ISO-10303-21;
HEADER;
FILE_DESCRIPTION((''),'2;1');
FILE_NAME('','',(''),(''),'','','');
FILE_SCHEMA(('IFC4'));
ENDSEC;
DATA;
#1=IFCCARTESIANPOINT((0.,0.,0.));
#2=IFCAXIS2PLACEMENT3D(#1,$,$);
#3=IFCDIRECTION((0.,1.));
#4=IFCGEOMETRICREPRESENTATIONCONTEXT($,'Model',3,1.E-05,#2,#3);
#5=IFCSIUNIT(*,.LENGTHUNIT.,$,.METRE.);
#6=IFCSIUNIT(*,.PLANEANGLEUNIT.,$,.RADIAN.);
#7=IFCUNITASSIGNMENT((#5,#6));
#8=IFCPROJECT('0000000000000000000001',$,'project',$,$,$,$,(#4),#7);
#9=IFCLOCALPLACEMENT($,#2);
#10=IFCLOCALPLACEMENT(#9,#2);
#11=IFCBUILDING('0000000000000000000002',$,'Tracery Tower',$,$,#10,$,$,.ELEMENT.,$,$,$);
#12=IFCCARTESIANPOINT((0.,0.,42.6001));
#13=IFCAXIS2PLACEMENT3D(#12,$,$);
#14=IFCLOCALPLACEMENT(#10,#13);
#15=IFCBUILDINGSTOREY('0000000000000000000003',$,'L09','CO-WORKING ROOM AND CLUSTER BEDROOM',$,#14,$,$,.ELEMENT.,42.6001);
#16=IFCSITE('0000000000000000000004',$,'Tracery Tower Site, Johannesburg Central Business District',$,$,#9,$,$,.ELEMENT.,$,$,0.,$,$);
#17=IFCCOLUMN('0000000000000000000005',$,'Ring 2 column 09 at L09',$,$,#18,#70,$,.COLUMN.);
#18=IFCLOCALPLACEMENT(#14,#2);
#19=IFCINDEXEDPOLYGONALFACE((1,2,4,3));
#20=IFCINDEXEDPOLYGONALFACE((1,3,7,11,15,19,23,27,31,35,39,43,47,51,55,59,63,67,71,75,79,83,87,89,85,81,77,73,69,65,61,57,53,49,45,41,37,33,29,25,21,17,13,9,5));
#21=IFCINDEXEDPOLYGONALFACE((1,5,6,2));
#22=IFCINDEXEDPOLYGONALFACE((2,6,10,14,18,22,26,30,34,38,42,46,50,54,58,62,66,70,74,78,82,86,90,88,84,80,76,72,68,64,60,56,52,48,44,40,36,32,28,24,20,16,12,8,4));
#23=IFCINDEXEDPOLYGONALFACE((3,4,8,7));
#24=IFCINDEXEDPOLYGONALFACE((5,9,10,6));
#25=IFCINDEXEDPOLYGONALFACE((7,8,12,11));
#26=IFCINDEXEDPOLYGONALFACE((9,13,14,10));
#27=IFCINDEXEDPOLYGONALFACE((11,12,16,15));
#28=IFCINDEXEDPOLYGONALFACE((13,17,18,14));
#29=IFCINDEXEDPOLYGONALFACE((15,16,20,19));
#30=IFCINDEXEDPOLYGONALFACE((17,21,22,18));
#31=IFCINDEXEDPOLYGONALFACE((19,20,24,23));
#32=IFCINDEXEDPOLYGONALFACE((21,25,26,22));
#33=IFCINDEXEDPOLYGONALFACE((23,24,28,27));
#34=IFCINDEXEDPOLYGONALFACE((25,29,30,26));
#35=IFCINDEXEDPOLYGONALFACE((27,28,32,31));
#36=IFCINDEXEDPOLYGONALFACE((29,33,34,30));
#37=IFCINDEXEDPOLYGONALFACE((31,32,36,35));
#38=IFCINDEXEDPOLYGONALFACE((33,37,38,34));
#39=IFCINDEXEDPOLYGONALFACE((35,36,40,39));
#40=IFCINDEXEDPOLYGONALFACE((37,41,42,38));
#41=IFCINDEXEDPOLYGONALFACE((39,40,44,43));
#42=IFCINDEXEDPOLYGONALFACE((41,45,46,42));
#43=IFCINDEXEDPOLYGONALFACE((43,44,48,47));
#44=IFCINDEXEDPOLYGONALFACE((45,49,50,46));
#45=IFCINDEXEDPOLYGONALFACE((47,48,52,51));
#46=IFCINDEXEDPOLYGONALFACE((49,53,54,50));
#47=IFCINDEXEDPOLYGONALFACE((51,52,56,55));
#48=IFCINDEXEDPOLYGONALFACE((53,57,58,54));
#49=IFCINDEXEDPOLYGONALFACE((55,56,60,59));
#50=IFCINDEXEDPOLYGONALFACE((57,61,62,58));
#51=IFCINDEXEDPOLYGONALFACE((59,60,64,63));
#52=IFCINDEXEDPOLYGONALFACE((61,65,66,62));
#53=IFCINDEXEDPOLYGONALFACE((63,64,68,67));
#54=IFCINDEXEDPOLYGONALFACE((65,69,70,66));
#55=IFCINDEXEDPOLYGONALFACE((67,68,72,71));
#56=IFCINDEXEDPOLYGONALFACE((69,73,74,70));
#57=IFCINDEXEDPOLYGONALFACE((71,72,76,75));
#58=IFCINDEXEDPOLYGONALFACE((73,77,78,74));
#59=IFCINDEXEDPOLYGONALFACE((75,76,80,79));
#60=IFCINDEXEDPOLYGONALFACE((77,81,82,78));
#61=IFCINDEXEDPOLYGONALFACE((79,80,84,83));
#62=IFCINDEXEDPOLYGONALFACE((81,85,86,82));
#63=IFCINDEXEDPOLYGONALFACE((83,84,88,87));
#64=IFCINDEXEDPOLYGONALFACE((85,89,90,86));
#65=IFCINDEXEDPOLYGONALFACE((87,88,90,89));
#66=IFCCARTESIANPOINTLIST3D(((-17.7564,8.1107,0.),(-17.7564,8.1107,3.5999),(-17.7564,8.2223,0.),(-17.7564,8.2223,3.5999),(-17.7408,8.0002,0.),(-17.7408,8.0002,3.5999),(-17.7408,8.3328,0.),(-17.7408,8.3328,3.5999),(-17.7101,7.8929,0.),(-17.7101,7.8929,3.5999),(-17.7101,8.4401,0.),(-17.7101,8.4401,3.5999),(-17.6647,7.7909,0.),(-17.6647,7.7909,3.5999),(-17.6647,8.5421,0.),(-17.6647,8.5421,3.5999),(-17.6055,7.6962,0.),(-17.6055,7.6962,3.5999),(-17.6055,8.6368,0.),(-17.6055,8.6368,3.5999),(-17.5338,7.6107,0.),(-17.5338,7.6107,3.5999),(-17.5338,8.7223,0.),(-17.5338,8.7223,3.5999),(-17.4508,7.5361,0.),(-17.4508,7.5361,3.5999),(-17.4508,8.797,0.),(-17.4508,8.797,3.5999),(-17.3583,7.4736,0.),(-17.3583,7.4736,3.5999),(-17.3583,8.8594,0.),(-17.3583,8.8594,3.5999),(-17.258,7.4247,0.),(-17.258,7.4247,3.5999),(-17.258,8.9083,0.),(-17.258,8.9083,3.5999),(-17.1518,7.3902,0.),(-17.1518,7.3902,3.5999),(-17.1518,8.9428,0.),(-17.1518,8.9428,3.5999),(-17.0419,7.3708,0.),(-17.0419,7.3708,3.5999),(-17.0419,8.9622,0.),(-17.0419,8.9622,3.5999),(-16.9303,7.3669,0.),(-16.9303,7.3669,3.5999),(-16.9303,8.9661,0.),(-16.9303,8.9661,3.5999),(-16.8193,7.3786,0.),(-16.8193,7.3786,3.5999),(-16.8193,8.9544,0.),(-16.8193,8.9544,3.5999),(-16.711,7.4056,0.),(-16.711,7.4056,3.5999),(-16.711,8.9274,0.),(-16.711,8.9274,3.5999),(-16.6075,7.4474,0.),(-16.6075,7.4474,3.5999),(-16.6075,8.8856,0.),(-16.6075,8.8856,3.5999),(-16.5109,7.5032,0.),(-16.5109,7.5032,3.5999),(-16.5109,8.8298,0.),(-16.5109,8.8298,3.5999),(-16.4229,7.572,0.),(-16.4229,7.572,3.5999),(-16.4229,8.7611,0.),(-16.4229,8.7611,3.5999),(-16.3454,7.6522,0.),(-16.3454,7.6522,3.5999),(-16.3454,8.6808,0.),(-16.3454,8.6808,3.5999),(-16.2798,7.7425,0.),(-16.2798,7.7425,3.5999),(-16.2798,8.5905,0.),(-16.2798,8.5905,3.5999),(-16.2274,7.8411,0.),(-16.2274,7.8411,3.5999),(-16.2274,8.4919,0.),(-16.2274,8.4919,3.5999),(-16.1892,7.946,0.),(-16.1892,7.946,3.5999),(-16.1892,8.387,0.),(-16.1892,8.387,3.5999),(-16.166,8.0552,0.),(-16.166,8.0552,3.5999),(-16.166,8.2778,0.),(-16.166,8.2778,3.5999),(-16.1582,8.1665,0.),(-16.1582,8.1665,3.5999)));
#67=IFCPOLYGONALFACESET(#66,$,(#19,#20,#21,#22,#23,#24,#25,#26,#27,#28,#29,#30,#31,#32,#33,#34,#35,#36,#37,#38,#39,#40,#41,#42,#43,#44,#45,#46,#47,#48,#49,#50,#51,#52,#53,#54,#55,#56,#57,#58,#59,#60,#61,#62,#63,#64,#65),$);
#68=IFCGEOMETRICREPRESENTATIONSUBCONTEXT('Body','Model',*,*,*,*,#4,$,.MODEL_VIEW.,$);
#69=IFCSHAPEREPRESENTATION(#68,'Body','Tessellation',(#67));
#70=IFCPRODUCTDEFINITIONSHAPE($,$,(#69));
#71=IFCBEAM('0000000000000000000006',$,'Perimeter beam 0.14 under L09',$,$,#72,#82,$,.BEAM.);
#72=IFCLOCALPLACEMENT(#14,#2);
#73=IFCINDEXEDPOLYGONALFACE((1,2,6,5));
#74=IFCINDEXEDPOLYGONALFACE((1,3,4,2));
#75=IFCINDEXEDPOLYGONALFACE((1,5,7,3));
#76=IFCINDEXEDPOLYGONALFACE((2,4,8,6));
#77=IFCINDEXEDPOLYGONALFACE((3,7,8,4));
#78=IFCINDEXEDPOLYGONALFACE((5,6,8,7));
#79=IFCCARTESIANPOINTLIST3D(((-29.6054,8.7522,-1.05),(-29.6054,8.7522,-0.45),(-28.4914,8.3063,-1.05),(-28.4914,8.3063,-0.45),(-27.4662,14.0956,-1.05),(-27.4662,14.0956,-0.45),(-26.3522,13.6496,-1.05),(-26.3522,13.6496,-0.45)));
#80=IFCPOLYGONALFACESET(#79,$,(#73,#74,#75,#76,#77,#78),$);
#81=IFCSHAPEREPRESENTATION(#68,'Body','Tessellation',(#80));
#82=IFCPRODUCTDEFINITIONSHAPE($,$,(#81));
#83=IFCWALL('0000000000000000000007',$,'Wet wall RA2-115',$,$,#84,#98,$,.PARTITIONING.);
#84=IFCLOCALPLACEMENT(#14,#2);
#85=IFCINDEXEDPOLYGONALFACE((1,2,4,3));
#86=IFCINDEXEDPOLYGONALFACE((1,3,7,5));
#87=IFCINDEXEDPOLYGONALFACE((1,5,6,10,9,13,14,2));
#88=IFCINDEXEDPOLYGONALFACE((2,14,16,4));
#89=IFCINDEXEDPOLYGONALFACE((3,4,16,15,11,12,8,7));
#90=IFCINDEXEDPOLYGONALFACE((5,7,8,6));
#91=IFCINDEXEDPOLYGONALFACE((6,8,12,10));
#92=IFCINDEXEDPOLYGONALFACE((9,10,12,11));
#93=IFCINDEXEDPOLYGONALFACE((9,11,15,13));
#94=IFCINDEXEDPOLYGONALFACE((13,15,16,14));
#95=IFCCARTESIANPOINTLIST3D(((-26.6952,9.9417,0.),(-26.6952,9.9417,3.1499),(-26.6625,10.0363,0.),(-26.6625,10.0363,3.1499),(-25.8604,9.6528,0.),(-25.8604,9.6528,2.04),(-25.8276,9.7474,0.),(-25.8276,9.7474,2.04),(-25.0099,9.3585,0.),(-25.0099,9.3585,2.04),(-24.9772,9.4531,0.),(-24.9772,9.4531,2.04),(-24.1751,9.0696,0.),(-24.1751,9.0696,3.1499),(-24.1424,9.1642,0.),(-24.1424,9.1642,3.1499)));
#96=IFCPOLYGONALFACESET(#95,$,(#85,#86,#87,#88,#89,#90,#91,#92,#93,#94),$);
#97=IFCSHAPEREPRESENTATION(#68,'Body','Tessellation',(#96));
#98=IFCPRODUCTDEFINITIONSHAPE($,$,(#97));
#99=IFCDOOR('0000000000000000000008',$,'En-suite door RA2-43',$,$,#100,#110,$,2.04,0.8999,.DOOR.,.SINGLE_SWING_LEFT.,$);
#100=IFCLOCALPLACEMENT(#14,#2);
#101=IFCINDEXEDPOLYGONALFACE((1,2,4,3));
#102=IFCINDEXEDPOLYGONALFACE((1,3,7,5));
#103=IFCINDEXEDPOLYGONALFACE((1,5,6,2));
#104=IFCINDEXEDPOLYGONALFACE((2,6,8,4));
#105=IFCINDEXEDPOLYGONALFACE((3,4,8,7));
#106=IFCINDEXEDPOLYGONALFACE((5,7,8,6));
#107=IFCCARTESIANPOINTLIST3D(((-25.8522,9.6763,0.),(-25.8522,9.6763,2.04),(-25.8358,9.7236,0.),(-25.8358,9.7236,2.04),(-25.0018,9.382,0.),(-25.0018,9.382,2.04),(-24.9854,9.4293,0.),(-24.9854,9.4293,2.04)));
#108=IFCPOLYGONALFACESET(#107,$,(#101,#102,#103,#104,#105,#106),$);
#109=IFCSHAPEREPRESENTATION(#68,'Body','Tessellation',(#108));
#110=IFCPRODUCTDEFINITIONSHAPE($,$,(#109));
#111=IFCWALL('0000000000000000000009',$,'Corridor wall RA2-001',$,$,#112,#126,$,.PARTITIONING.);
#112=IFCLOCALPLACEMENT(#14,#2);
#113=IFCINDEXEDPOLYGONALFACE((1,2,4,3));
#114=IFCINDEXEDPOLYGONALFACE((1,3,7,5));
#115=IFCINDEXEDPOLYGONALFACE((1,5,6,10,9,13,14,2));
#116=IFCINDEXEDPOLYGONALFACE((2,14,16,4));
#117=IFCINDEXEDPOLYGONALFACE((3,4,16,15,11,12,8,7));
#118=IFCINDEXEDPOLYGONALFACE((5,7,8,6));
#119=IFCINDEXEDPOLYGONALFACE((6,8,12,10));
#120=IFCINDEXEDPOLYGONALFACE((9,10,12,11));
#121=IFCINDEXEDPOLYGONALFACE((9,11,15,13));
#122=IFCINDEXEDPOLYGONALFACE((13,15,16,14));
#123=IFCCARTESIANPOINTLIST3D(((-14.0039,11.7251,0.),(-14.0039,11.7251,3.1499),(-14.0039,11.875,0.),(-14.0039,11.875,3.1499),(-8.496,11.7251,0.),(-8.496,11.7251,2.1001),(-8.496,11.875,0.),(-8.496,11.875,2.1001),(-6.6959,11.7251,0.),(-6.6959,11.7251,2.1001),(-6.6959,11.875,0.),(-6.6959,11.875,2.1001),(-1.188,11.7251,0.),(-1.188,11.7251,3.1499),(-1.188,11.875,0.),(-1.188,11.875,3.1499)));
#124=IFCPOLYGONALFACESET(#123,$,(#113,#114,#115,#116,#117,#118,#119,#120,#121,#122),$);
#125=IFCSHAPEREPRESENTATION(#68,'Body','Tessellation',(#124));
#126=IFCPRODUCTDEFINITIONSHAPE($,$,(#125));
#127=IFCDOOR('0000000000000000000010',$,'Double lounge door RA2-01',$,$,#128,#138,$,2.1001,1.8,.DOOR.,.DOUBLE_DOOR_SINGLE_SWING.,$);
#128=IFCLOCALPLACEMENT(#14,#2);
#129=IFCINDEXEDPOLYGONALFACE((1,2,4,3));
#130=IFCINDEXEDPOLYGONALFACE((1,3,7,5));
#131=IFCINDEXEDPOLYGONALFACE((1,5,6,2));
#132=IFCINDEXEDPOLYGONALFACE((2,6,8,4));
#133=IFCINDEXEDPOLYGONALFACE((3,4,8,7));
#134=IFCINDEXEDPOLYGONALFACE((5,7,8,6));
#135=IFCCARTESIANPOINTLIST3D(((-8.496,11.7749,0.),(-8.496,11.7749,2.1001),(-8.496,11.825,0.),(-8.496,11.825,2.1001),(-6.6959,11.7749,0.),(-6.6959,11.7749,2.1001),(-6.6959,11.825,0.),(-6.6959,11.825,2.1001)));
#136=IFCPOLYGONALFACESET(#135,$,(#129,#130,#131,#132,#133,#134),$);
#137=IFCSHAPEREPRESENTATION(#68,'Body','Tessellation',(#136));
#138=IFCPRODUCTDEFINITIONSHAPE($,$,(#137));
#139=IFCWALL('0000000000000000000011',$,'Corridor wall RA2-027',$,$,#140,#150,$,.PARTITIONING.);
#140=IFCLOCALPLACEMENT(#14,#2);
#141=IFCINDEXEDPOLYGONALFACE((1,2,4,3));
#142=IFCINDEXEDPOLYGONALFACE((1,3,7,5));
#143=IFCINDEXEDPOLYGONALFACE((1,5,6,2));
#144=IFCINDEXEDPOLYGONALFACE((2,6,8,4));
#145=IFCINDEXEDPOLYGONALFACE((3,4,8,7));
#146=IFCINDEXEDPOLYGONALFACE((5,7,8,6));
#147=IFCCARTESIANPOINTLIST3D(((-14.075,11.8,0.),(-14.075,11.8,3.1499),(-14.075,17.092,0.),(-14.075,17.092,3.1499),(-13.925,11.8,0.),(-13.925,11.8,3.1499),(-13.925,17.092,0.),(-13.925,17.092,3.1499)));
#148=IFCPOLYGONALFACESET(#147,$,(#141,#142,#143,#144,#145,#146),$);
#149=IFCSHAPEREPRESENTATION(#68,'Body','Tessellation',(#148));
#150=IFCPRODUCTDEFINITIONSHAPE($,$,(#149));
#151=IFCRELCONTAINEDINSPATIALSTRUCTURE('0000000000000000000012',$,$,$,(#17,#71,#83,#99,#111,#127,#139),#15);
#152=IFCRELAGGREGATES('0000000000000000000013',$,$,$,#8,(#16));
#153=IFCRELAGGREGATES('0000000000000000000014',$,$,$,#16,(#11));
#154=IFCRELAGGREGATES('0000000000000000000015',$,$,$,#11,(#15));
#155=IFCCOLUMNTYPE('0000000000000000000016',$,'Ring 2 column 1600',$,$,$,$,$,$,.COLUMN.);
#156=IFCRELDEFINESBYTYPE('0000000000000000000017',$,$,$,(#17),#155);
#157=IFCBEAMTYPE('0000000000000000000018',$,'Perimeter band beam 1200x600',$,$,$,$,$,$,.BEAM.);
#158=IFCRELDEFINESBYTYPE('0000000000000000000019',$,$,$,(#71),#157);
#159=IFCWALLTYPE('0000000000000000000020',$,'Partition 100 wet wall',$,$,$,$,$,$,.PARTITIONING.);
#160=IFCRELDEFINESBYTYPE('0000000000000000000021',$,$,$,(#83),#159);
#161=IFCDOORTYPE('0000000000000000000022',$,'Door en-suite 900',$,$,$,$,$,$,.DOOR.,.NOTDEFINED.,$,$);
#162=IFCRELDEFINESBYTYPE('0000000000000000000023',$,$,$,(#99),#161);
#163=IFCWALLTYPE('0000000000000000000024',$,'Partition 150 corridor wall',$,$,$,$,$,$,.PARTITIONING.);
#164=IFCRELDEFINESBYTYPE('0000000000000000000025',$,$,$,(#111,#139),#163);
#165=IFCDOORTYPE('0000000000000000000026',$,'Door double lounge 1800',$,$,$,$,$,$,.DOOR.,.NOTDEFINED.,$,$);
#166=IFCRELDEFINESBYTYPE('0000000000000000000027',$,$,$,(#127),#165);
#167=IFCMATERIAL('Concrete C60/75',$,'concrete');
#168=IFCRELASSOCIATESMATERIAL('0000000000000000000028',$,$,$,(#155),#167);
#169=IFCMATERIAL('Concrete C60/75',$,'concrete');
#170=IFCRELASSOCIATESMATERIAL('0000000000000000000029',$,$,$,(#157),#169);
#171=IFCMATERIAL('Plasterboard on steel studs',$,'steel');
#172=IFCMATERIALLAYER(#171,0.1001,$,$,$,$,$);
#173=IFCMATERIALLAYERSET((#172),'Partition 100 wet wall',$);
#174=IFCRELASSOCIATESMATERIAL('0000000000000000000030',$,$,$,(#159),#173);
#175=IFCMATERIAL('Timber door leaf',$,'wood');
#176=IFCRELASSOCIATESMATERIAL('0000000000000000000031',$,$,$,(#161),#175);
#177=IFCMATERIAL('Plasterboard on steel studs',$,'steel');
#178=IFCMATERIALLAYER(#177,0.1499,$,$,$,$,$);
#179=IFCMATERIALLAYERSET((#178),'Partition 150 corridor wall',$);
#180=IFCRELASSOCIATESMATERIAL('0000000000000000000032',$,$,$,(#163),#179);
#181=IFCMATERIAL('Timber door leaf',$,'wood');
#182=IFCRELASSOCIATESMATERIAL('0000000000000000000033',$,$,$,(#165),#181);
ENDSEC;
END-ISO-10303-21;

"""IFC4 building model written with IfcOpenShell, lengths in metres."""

from ifc_helpers import new_model, si_unit, direction, frame, frame_2d, origin, origin_2d, place, context, subcontext, project, spatial, rectangle, circle, extrude, material, layer, layer_set, material_profile, profile_set, type_object, element, fill, save


model = new_model("IFC4")

# Units and contexts
model_context = context("Model", 3, precision=1e-05, world=origin(), true_north=direction((0.0, 1.0)))
body_context = subcontext(model_context, "Body", "Model", "MODEL_VIEW")
ifc_project = project(units=[si_unit("LENGTHUNIT", "METRE"), si_unit("PLANEANGLEUNIT", "RADIAN")], contexts=[model_context])

# Site, building, storey
site_placement = place(None, origin())
site = spatial("IfcSite", under=ifc_project, at=site_placement, Name="Tracery Tower Site, Johannesburg Central Business District", CompositionType="ELEMENT", RefElevation=0.0)
building_placement = place(site_placement, origin())
building = spatial("IfcBuilding", under=site, at=building_placement, Name="Tracery Tower", CompositionType="ELEMENT")
storey_placement = place(building_placement, frame((0.0, 0.0, 42.6001)))
storey = spatial("IfcBuildingStorey", under=building, at=storey_placement, Name="L09", Description="CO-WORKING ROOM AND CLUSTER BEDROOM", CompositionType="ELEMENT", Elevation=42.6001)

# Column
ifc_material_1 = material(Name="Concrete C60/75", Category="concrete")
ifc_material_profile_1 = material_profile(ifc_material_1, circle(Radius=0.8, at=origin_2d()), Name="RC D1600")
ifc_profile_set_1 = profile_set([ifc_material_profile_1], Name="Concrete C60/75")
column_type_1 = type_object("IfcColumnType", Name="Ring 2 column 1600", PredefinedType="COLUMN", material=ifc_profile_set_1)
column_1_placement = place(storey_placement, frame((-16.9583, 8.1665, 0.0), z_axis=(0.0, 0.0, 1.0), x_axis=(1.0, 0.0, 0.0)))
element("IfcColumn", 1, at=column_1_placement, inside=storey, type_object=column_type_1, Name="Ring 2 column 09 at L09", PredefinedType="COLUMN", context=body_context, shape_type="SweptSolid", body=[
    extrude(circle(Radius=0.8, at=origin_2d()), origin(), (0.0, 0.0, 1.0), 3.5999),
])

# Beam
ifc_material_2 = material(Name="Concrete C60/75", Category="concrete")
ifc_material_profile_2 = material_profile(ifc_material_2, rectangle(XDim=1.2, YDim=0.6001, at=origin_2d()), Name="RC 1200x600")
ifc_profile_set_2 = profile_set([ifc_material_profile_2], Name="Concrete C60/75")
beam_type = type_object("IfcBeamType", Name="Perimeter band beam 1200x600", PredefinedType="BEAM", material=ifc_profile_set_2)
beam_placement = place(storey_placement, frame((-26.9092, 13.8726, -0.75), z_axis=(-0.371669, -0.928365, 0.0), x_axis=(0.928365, -0.371669, 0.0)))
element("IfcBeam", 2, at=beam_placement, inside=storey, type_object=beam_type, Name="Perimeter beam 0.14 under L09", PredefinedType="BEAM", context=body_context, shape_type="SweptSolid", body=[
    extrude(rectangle(XDim=1.2, YDim=0.6001, at=origin_2d()), origin(), (0.0, 0.0, 1.0), 5.7556),
])

# Walls, openings, doors
ifc_material_3 = material(Name="Plasterboard on steel studs", Category="steel")
ifc_layer_1 = layer(ifc_material_3, 0.1001)
ifc_layer_set_1 = layer_set([ifc_layer_1], Name="Partition 100 wet wall")
wall_type_1 = type_object("IfcWallType", Name="Partition 100 wet wall", PredefinedType="PARTITIONING", material=ifc_layer_set_1)
wall_1_placement = place(storey_placement, frame((-26.679, 9.989, 0.0), z_axis=(0.0, 0.0, 1.0), x_axis=(0.945014, -0.327029, 0.0)))
wall_1 = element("IfcWall", 3, at=wall_1_placement, inside=storey, type_object=wall_type_1, Name="Wet wall RA2-115", PredefinedType="PARTITIONING", context=body_context, shape_type="SweptSolid", body=[
    extrude(rectangle(XDim=2.6667, YDim=0.1001, at=frame_2d((1.3335, 0.0))), origin(), (0.0, 0.0, 1.0), 3.1499),
])
opening_1_placement = place(wall_1_placement, frame((0.8835, 0.0, 0.0)))
opening_1 = element("IfcOpeningElement", 4, at=opening_1_placement, cuts=wall_1, PredefinedType="OPENING", context=body_context, shape_type="SweptSolid", body=[
    extrude(rectangle(XDim=0.8999, YDim=2.04, at=frame_2d((0.45, 1.02))), frame((0.0, 0.05, 0.0), z_axis=(0.0, -1.0, 0.0), x_axis=(1.0, 0.0, 0.0)), (0.0, 0.0, 1.0), 0.1001),
])
ifc_material_4 = material(Name="Timber door leaf", Category="wood")
door_type_1 = type_object("IfcDoorType", Name="Door en-suite 900", OperationType="NOTDEFINED", PredefinedType="DOOR", material=ifc_material_4)
door_1_placement = place(opening_1_placement, origin())
door_1 = element("IfcDoor", 5, at=door_1_placement, inside=storey, type_object=door_type_1, Name="En-suite door RA2-43", OperationType="SINGLE_SWING_LEFT", OverallHeight=2.04, OverallWidth=0.8999, PredefinedType="DOOR", context=body_context, shape_type="SweptSolid", body=[
    extrude(rectangle(XDim=0.8999, YDim=2.04, at=frame_2d((0.45, 1.02))), frame((0.0, 0.0249, 0.0), z_axis=(0.0, -1.0, 0.0), x_axis=(1.0, 0.0, 0.0)), (0.0, 0.0, 1.0), 0.05),
])
fill(opening_1, door_1)
ifc_material_5 = material(Name="Plasterboard on steel studs", Category="steel")
ifc_layer_2 = layer(ifc_material_5, 0.1499)
ifc_layer_set_2 = layer_set([ifc_layer_2], Name="Partition 150 corridor wall")
wall_type_2 = type_object("IfcWallType", Name="Partition 150 corridor wall", PredefinedType="PARTITIONING", material=ifc_layer_set_2)
wall_2_placement = place(storey_placement, frame((-14.0039, 11.8, 0.0), z_axis=(0.0, 0.0, 1.0), x_axis=(1.0, 0.0, 0.0)))
wall_2 = element("IfcWall", 6, at=wall_2_placement, inside=storey, type_object=wall_type_2, Name="Corridor wall RA2-001", PredefinedType="PARTITIONING", context=body_context, shape_type="SweptSolid", body=[
    extrude(rectangle(XDim=12.8159, YDim=0.1499, at=frame_2d((6.408, 0.0))), origin(), (0.0, 0.0, 1.0), 3.1499),
])
opening_2_placement = place(wall_2_placement, frame((5.5081, 0.0, 0.0)))
opening_2 = element("IfcOpeningElement", 7, at=opening_2_placement, cuts=wall_2, PredefinedType="OPENING", context=body_context, shape_type="SweptSolid", body=[
    extrude(rectangle(XDim=1.8, YDim=2.1001, at=frame_2d((0.8999, 1.05))), frame((0.0, 0.075, 0.0), z_axis=(0.0, -1.0, 0.0), x_axis=(1.0, 0.0, 0.0)), (0.0, 0.0, 1.0), 0.1499),
])
ifc_material_6 = material(Name="Timber door leaf", Category="wood")
door_type_2 = type_object("IfcDoorType", Name="Door double lounge 1800", OperationType="NOTDEFINED", PredefinedType="DOOR", material=ifc_material_6)
door_2_placement = place(opening_2_placement, origin())
door_2 = element("IfcDoor", 8, at=door_2_placement, inside=storey, type_object=door_type_2, Name="Double lounge door RA2-01", OperationType="DOUBLE_DOOR_SINGLE_SWING", OverallHeight=2.1001, OverallWidth=1.8, PredefinedType="DOOR", context=body_context, shape_type="SweptSolid", body=[
    extrude(rectangle(XDim=1.8, YDim=2.1001, at=frame_2d((0.8999, 1.05))), frame((0.0, 0.0249, 0.0), z_axis=(0.0, -1.0, 0.0), x_axis=(1.0, 0.0, 0.0)), (0.0, 0.0, 1.0), 0.05),
])
fill(opening_2, door_2)

# Wall
wall_3_placement = place(storey_placement, frame((-14.0, 11.8, 0.0), z_axis=(0.0, 0.0, 1.0), x_axis=(0.0, 1.0, 0.0)))
element("IfcWall", 9, at=wall_3_placement, inside=storey, type_object=wall_type_2, Name="Corridor wall RA2-027", PredefinedType="PARTITIONING", context=body_context, shape_type="SweptSolid", body=[
    extrude(rectangle(XDim=5.292, YDim=0.1499, at=frame_2d((2.646, 0.0))), origin(), (0.0, 0.0, 1.0), 3.1499),
])

save(model, "model.ifc")
